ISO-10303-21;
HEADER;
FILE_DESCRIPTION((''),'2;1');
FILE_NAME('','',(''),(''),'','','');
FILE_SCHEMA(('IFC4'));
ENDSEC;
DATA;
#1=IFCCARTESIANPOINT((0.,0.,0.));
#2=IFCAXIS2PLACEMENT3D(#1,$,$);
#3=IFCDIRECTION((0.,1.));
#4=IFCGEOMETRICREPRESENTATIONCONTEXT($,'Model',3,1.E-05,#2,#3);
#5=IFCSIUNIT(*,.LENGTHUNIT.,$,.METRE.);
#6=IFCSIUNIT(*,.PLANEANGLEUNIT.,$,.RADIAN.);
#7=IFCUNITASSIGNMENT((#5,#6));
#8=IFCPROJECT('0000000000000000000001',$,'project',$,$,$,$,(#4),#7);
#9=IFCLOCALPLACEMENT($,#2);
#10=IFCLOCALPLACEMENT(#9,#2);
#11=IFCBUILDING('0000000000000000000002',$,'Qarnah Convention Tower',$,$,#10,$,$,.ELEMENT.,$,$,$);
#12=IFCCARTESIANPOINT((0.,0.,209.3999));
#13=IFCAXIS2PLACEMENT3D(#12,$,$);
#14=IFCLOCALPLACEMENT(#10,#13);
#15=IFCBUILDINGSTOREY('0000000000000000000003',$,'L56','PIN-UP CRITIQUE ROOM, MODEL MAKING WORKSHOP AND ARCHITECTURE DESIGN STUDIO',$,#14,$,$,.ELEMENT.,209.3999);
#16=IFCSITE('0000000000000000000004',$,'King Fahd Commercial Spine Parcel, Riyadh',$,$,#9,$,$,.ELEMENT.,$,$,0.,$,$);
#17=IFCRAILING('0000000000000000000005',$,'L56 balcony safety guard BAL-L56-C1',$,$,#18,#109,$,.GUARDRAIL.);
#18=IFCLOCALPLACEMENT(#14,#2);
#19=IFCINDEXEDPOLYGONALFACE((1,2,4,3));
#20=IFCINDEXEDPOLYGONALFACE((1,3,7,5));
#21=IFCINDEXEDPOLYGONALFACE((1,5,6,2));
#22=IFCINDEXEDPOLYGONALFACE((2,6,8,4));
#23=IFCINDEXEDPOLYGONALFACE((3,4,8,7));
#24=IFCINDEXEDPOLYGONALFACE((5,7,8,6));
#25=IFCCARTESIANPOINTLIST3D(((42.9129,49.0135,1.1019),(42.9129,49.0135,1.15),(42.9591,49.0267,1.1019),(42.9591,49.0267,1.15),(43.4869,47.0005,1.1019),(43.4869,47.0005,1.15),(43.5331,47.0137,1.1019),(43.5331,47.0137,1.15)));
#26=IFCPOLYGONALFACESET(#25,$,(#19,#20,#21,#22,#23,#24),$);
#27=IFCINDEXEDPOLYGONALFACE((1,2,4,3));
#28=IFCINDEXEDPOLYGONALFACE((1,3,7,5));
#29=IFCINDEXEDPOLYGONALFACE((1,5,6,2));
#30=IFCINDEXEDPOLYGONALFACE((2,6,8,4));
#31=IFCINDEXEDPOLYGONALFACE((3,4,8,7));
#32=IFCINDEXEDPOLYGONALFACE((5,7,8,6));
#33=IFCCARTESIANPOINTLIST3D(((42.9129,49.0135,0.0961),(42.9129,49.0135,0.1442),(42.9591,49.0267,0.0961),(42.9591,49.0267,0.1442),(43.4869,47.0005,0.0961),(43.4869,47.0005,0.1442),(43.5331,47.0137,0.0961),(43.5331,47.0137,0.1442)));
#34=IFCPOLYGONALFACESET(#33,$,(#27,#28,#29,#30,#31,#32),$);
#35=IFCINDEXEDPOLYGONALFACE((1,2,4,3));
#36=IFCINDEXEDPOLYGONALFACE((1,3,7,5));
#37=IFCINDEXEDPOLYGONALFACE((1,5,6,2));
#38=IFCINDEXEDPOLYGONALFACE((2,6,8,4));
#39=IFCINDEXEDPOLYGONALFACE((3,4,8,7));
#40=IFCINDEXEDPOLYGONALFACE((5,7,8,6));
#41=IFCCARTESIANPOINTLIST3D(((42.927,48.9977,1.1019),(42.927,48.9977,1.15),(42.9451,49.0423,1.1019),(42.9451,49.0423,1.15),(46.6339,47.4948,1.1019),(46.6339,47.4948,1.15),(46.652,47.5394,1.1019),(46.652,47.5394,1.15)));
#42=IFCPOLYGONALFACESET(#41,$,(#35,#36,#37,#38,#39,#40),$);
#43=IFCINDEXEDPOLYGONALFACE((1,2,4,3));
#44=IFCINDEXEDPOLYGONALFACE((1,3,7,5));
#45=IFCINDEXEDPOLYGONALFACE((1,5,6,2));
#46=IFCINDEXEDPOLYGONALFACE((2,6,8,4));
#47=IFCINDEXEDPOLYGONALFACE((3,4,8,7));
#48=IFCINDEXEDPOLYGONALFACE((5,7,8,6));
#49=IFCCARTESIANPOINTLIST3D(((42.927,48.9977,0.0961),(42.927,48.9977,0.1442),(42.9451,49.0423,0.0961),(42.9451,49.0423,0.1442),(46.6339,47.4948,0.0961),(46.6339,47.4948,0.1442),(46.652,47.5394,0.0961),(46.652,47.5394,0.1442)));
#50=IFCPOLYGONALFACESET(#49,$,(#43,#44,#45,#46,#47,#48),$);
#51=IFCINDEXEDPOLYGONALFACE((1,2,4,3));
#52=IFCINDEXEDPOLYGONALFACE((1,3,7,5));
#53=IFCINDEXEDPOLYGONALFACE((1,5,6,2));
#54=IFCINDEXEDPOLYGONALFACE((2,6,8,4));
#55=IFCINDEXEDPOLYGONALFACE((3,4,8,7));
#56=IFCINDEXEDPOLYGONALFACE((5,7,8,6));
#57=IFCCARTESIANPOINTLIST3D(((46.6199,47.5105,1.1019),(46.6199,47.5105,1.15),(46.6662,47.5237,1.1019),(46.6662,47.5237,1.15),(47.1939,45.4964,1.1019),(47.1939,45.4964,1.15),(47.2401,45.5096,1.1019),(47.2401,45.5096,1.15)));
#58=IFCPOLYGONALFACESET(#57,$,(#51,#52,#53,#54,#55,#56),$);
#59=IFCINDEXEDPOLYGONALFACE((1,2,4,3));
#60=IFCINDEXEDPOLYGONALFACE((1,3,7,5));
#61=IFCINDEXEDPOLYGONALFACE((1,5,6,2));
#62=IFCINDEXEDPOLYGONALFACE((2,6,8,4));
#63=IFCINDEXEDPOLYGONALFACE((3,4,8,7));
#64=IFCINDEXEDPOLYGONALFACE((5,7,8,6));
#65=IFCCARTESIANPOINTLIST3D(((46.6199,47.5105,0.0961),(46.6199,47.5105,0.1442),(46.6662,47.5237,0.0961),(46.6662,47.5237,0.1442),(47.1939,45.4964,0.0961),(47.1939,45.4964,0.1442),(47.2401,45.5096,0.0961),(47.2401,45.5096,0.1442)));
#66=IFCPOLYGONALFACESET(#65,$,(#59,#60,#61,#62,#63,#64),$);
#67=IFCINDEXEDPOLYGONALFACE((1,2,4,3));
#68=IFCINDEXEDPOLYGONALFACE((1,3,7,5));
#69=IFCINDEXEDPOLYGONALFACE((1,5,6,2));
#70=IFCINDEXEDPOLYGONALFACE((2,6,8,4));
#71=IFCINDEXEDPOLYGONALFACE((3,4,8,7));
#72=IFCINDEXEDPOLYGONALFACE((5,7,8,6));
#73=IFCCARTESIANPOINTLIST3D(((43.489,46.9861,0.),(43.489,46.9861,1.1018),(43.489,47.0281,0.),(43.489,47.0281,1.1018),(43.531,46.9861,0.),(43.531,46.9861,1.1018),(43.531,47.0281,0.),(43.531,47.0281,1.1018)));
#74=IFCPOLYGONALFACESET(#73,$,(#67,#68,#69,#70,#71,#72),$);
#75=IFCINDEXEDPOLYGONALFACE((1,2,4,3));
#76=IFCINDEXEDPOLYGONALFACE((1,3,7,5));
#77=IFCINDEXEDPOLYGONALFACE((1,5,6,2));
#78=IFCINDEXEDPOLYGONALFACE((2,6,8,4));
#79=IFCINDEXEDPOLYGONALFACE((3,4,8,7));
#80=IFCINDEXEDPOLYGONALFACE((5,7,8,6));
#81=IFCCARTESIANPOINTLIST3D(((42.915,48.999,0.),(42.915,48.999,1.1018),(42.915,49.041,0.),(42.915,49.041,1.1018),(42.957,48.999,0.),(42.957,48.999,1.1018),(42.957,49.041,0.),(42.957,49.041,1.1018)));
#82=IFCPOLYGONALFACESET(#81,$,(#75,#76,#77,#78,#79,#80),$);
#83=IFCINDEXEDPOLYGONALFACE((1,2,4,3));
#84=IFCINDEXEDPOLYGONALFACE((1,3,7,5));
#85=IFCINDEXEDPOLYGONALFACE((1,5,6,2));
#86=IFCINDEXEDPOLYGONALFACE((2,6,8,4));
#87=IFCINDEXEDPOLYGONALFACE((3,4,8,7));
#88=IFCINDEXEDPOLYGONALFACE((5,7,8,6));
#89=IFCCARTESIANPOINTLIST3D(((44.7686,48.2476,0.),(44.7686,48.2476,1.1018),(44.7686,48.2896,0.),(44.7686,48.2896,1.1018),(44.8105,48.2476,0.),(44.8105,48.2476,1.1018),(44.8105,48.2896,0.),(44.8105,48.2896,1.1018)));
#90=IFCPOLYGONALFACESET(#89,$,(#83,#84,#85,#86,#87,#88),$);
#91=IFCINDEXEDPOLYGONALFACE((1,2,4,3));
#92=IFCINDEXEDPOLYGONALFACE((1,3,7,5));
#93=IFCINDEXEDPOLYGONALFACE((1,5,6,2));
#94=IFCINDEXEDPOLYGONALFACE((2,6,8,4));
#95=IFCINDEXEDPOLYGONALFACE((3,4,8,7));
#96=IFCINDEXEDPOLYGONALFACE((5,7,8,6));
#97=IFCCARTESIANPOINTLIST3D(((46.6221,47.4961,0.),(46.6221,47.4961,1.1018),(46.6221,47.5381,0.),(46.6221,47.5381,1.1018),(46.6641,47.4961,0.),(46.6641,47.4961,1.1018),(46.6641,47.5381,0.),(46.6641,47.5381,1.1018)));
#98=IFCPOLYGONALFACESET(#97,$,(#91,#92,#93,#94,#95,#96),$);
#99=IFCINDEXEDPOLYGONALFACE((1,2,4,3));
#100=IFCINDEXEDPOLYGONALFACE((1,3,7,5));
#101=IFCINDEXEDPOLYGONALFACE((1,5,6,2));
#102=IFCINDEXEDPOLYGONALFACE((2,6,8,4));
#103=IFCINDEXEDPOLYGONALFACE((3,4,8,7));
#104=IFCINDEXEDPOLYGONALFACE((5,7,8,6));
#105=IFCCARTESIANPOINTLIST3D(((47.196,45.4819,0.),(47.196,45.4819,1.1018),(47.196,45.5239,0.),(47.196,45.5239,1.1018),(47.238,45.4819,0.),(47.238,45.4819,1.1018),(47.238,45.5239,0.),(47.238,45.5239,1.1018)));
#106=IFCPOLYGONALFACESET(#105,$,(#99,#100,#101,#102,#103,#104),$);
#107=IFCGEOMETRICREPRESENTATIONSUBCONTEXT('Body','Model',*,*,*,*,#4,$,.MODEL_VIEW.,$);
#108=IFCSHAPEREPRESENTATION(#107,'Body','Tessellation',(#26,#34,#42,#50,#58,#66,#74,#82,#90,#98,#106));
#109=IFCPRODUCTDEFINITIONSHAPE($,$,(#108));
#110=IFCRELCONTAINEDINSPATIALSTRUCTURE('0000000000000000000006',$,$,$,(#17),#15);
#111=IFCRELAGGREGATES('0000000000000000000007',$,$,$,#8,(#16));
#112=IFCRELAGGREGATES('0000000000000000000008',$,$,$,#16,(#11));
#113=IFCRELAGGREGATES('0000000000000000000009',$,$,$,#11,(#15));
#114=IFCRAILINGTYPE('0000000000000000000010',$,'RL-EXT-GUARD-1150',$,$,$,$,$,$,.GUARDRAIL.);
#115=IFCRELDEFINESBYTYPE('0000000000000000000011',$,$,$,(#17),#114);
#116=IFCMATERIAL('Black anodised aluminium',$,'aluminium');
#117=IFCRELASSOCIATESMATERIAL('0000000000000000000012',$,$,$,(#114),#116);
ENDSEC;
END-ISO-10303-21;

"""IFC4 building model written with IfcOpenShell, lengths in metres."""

from ifc_helpers import new_model, si_unit, direction, frame, origin, origin_2d, place, context, subcontext, project, spatial, rectangle, extrude, material, type_object, element, save


model = new_model("IFC4")

# Units and contexts
model_context = context("Model", 3, precision=1e-05, world=origin(), true_north=direction((0.0, 1.0)))
body_context = subcontext(model_context, "Body", "Model", "MODEL_VIEW")
ifc_project = project(units=[si_unit("LENGTHUNIT", "METRE"), si_unit("PLANEANGLEUNIT", "RADIAN")], contexts=[model_context])

# Site, building, storey
site_placement = place(None, origin())
site = spatial("IfcSite", under=ifc_project, at=site_placement, Name="King Fahd Commercial Spine Parcel, Riyadh", CompositionType="ELEMENT", RefElevation=0.0)
building_placement = place(site_placement, origin())
building = spatial("IfcBuilding", under=site, at=building_placement, Name="Qarnah Convention Tower", CompositionType="ELEMENT")
storey_placement = place(building_placement, frame((0.0, 0.0, 209.3999)))
storey = spatial("IfcBuildingStorey", under=building, at=storey_placement, Name="L56", Description="PIN-UP CRITIQUE ROOM, MODEL MAKING WORKSHOP AND ARCHITECTURE DESIGN STUDIO", CompositionType="ELEMENT", Elevation=209.3999)

# Shared definitions
ifc_material_1 = material(Name="Black anodised aluminium", Category="aluminium")

# Railing
railing_type = type_object("IfcRailingType", Name="RL-EXT-GUARD-1150", PredefinedType="GUARDRAIL", material=ifc_material_1)
railing_1_placement = place(storey_placement, frame((43.51, 47.0071, 0.0)))
element("IfcRailing", 1, at=railing_1_placement, inside=storey, type_object=railing_type, Name="L56 balcony safety guard BAL-L56-C1", PredefinedType="GUARDRAIL", context=body_context, shape_type="SweptSolid", body=[
    extrude(rectangle(XDim=0.0481, YDim=0.0481, at=origin_2d()), frame((0.0, 0.0, 1.126), z_axis=(-0.274213, 0.961669, 0.0), x_axis=(-0.961669, -0.274213, 0.0)), (0.0, 0.0, 1.0), 2.0933),
    extrude(rectangle(XDim=0.0481, YDim=0.0481, at=origin_2d()), frame((0.0, 0.0, 0.1201), z_axis=(-0.274213, 0.961669, 0.0), x_axis=(-0.961669, -0.274213, 0.0)), (0.0, 0.0, 1.0), 2.0933),
    extrude(rectangle(XDim=0.0481, YDim=0.0481, at=origin_2d()), frame((-0.574, 2.0129, 1.126), z_axis=(0.926732, -0.375722, 0.0), x_axis=(0.375722, 0.926732, 0.0)), (0.0, 0.0, 1.0), 4.0),
    extrude(rectangle(XDim=0.0481, YDim=0.0481, at=origin_2d()), frame((-0.574, 2.0129, 0.1201), z_axis=(0.926732, -0.375722, 0.0), x_axis=(0.375722, 0.926732, 0.0)), (0.0, 0.0, 1.0), 4.0),
    extrude(rectangle(XDim=0.0481, YDim=0.0481, at=origin_2d()), frame((3.1331, 0.51, 1.126), z_axis=(0.274059, -0.961713, 0.0), x_axis=(0.961713, 0.274059, 0.0)), (0.0, 0.0, 1.0), 2.0942),
    extrude(rectangle(XDim=0.0481, YDim=0.0481, at=origin_2d()), frame((3.1331, 0.51, 0.1201), z_axis=(0.274059, -0.961713, 0.0), x_axis=(0.961713, 0.274059, 0.0)), (0.0, 0.0, 1.0), 2.0942),
    extrude(rectangle(XDim=0.042, YDim=0.042, at=origin_2d()), origin(), (0.0, 0.0, 1.0), 1.1018),
    extrude(rectangle(XDim=0.042, YDim=0.042, at=origin_2d()), frame((-0.574, 2.0129, 0.0)), (0.0, 0.0, 1.0), 1.1018),
    extrude(rectangle(XDim=0.042, YDim=0.042, at=origin_2d()), frame((1.2795, 1.2615, 0.0)), (0.0, 0.0, 1.0), 1.1018),
    extrude(rectangle(XDim=0.042, YDim=0.042, at=origin_2d()), frame((3.1331, 0.51, 0.0)), (0.0, 0.0, 1.0), 1.1018),
    extrude(rectangle(XDim=0.042, YDim=0.042, at=origin_2d()), frame((3.707, -1.5042, 0.0)), (0.0, 0.0, 1.0), 1.1018),
])

save(model, "model.ifc")
